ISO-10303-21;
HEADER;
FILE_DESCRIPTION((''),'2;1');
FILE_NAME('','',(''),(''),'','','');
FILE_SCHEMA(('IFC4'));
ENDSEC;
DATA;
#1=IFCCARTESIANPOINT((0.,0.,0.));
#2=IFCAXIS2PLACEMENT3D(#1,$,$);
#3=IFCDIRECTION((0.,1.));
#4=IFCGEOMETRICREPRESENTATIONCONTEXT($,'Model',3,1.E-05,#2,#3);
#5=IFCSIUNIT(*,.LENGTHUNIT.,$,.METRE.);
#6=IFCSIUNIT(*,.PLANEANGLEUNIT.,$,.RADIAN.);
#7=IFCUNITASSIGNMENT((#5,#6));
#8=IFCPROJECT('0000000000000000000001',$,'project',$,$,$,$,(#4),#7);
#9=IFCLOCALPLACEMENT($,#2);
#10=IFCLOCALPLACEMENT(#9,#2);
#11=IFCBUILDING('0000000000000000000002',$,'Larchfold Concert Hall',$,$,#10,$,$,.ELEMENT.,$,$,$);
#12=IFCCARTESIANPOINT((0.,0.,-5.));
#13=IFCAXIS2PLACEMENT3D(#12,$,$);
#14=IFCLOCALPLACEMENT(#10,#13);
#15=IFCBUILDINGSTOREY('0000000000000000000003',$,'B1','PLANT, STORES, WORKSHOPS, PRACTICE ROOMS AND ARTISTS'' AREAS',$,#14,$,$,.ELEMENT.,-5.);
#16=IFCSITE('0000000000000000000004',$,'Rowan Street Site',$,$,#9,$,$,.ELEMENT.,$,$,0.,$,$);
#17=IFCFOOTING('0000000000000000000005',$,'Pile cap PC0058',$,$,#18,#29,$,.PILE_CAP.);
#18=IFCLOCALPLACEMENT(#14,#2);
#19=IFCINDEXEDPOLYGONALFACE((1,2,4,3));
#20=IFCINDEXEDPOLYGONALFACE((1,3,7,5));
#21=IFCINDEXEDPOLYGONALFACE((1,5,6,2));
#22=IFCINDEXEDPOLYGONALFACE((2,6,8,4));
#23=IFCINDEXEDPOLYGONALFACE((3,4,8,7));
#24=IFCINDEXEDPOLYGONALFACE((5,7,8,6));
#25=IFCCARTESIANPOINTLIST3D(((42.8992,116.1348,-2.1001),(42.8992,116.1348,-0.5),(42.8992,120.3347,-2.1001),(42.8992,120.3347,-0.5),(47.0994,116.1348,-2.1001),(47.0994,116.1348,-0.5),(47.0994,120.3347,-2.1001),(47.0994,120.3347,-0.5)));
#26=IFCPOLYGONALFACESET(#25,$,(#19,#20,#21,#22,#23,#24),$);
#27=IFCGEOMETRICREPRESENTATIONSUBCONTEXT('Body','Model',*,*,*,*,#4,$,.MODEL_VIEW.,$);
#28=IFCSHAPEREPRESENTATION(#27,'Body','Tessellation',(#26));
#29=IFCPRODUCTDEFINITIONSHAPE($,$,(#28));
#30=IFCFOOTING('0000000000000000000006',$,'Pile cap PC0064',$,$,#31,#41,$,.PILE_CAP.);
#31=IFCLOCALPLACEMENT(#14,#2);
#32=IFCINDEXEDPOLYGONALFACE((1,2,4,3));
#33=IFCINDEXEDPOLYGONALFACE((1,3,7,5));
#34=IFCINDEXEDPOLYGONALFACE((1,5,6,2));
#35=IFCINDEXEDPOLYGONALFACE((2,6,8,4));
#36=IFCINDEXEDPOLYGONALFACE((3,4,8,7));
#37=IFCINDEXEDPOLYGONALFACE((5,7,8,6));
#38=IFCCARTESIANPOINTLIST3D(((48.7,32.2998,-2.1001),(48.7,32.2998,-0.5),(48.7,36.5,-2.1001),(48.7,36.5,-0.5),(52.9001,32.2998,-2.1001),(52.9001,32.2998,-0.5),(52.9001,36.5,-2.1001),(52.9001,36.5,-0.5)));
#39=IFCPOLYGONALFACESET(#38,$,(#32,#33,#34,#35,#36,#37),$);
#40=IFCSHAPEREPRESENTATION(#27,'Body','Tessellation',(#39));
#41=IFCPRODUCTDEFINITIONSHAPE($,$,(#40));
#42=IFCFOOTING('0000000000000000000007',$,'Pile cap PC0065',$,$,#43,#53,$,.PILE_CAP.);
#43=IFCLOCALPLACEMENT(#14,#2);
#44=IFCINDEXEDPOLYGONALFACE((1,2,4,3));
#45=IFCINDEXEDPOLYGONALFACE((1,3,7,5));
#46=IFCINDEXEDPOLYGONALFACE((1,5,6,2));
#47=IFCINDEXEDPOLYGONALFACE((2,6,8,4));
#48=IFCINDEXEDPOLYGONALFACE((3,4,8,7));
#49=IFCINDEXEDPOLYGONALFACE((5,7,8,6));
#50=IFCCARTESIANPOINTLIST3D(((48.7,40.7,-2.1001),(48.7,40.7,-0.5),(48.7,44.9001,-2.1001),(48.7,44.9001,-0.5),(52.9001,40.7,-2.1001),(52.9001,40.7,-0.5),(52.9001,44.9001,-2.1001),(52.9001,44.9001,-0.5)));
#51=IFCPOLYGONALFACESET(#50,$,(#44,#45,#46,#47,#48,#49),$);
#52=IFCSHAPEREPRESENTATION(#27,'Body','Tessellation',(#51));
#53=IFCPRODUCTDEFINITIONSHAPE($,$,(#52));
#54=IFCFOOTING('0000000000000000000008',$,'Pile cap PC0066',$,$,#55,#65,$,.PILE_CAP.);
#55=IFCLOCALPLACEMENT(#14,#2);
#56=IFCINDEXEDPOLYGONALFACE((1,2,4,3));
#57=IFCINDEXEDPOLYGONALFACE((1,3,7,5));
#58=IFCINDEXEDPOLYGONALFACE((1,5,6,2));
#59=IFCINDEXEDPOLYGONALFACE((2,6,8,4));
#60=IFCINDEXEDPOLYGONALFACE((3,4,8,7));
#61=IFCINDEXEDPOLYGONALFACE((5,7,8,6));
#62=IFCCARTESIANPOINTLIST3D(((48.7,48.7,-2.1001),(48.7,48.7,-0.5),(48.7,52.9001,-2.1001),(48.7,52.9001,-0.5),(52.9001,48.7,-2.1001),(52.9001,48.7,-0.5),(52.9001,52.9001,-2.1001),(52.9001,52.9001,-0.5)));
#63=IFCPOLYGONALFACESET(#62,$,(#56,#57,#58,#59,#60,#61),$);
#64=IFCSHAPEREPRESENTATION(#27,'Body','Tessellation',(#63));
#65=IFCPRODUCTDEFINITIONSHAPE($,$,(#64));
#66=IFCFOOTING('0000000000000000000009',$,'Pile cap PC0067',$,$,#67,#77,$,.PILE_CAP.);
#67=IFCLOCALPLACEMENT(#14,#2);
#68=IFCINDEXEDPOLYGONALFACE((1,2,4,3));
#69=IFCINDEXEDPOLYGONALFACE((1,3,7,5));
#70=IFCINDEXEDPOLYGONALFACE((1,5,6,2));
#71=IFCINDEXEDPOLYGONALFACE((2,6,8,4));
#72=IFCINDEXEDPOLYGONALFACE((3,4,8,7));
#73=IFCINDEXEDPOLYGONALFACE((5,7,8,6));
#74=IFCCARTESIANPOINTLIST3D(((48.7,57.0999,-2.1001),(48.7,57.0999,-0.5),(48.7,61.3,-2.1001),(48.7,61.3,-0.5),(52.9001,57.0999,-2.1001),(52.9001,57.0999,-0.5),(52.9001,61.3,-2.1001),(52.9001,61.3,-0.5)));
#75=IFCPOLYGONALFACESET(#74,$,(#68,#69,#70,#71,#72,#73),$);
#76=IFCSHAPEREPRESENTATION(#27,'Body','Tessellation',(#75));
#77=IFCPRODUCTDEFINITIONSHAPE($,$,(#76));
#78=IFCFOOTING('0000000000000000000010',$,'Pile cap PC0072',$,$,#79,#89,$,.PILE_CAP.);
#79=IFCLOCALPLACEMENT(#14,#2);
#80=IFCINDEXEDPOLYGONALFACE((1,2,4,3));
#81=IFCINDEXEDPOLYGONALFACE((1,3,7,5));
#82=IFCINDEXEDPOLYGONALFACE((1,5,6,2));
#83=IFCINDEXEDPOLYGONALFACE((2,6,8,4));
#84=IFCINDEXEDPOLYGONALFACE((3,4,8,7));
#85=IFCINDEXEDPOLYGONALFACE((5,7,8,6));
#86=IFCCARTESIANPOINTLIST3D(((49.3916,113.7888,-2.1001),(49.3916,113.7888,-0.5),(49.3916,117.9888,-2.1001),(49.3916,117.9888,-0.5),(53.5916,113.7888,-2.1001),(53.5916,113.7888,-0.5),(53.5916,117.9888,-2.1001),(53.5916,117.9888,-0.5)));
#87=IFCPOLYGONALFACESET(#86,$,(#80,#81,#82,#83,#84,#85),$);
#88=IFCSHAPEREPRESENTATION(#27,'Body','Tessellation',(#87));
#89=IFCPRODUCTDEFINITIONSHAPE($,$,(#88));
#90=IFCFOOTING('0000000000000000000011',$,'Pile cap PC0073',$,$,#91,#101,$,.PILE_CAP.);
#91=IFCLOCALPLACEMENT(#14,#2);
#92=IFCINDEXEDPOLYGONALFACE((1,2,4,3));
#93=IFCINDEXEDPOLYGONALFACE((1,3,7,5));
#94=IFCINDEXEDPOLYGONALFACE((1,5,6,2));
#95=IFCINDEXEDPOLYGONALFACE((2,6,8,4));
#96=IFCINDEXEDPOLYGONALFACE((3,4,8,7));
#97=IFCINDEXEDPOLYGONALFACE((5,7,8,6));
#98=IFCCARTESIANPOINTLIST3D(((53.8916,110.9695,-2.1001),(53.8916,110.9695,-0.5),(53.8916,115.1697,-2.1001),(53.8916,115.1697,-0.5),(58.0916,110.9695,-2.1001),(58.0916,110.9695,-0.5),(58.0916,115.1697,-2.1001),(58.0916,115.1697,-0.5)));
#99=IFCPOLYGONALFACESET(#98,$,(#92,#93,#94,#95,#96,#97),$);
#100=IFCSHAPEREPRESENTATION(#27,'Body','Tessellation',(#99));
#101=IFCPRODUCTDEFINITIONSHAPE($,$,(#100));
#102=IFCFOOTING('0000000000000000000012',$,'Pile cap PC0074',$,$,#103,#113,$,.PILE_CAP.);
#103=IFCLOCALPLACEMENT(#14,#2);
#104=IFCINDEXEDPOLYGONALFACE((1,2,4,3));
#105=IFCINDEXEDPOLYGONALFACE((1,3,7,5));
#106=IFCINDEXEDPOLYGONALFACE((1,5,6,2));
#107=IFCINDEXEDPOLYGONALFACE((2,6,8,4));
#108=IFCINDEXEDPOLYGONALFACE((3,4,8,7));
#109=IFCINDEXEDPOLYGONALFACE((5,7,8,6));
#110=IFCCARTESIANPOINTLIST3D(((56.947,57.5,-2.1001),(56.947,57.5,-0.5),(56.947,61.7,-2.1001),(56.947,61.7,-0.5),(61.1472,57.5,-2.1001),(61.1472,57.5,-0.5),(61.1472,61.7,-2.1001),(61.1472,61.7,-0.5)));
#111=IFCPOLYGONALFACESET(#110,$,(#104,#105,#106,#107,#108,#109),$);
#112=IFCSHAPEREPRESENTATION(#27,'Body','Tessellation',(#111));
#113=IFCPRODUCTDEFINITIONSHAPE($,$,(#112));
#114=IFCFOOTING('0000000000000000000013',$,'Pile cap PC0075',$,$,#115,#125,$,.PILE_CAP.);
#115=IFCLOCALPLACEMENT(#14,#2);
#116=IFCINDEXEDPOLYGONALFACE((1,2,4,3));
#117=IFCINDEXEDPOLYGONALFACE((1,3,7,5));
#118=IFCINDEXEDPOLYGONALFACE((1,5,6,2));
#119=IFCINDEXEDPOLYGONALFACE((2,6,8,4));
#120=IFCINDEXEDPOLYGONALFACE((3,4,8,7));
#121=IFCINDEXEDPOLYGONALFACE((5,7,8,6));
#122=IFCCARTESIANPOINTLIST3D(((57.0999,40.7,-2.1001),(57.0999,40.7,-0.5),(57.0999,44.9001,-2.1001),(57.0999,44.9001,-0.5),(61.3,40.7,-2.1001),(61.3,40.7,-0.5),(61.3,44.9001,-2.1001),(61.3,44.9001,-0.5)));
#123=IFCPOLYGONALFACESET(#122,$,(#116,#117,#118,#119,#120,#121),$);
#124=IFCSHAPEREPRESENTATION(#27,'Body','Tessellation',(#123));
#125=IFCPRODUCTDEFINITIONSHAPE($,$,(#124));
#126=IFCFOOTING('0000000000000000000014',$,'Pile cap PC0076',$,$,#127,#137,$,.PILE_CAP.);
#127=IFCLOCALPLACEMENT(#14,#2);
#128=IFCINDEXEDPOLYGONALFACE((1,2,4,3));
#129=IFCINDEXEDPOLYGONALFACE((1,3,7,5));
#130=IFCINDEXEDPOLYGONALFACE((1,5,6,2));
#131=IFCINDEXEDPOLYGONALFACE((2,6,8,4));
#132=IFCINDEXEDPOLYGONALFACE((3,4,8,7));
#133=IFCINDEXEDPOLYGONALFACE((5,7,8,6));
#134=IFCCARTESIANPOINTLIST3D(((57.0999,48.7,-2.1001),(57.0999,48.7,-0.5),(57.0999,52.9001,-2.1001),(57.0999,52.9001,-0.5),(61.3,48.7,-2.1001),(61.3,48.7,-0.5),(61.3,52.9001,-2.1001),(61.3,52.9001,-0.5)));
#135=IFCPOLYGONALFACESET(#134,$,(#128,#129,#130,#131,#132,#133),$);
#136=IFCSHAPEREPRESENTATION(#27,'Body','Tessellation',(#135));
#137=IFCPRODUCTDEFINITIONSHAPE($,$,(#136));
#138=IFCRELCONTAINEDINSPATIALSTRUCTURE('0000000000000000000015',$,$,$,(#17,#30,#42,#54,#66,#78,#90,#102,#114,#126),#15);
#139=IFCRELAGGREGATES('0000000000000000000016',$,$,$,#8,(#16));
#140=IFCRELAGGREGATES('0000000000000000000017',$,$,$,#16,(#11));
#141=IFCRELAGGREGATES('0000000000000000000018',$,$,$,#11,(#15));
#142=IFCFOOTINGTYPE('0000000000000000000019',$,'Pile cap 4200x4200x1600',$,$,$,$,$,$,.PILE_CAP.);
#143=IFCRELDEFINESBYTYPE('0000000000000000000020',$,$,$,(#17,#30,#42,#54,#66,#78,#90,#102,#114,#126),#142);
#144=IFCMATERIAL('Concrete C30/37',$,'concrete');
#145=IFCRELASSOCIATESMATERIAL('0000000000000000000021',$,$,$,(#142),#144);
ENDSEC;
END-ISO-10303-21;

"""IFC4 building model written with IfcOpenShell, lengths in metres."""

from ifc_helpers import new_model, si_unit, direction, frame, origin, place, context, subcontext, project, spatial, polyline, outline, extrude, material, type_object, element, save


model = new_model("IFC4")

# Units and contexts
model_context = context("Model", 3, precision=1e-05, world=origin(), true_north=direction((0.0, 1.0)))
body_context = subcontext(model_context, "Body", "Model", "MODEL_VIEW")
ifc_project = project(units=[si_unit("LENGTHUNIT", "METRE"), si_unit("PLANEANGLEUNIT", "RADIAN")], contexts=[model_context])

# Site, building, storey
site_placement = place(None, origin())
site = spatial("IfcSite", under=ifc_project, at=site_placement, Name="Rowan Street Site", CompositionType="ELEMENT", RefElevation=0.0)
building_placement = place(site_placement, origin())
building = spatial("IfcBuilding", under=site, at=building_placement, Name="Larchfold Concert Hall", CompositionType="ELEMENT")
storey_placement = place(building_placement, frame((0.0, 0.0, -5.0)))
storey = spatial("IfcBuildingStorey", under=building, at=storey_placement, Name="B1", Description="PLANT, STORES, WORKSHOPS, PRACTICE ROOMS AND ARTISTS' AREAS", CompositionType="ELEMENT", Elevation=-5.0)

# Footings
ifc_material_1 = material(Name="Concrete C30/37", Category="concrete")
footing_type_1 = type_object("IfcFootingType", Name="Pile cap 4200x4200x1600", PredefinedType="PILE_CAP", material=ifc_material_1)
footing_1_placement = place(storey_placement, frame((0.0, 0.0, -2.1001)))
element("IfcFooting", 1, at=footing_1_placement, inside=storey, type_object=footing_type_1, Name="Pile cap PC0058", PredefinedType="PILE_CAP", context=body_context, shape_type="SweptSolid", body=[
    extrude(outline(polyline([(47.0994, 116.1348), (47.0994, 120.3347), (42.8992, 120.3347), (42.8992, 116.1348), (47.0994, 116.1348)])), origin(), (0.0, 0.0, 1.0), 1.6001),
])
footing_2_placement = place(storey_placement, frame((0.0, 0.0, -2.1001)))
element("IfcFooting", 2, at=footing_2_placement, inside=storey, type_object=footing_type_1, Name="Pile cap PC0064", PredefinedType="PILE_CAP", context=body_context, shape_type="SweptSolid", body=[
    extrude(outline(polyline([(52.9001, 32.2998), (52.9001, 36.5), (48.7, 36.5), (48.7, 32.2998), (52.9001, 32.2998)])), origin(), (0.0, 0.0, 1.0), 1.6001),
])
footing_3_placement = place(storey_placement, frame((0.0, 0.0, -2.1001)))
element("IfcFooting", 3, at=footing_3_placement, inside=storey, type_object=footing_type_1, Name="Pile cap PC0065", PredefinedType="PILE_CAP", context=body_context, shape_type="SweptSolid", body=[
    extrude(outline(polyline([(52.9001, 40.7), (52.9001, 44.9001), (48.7, 44.9001), (48.7, 40.7), (52.9001, 40.7)])), origin(), (0.0, 0.0, 1.0), 1.6001),
])
footing_4_placement = place(storey_placement, frame((0.0, 0.0, -2.1001)))
element("IfcFooting", 4, at=footing_4_placement, inside=storey, type_object=footing_type_1, Name="Pile cap PC0066", PredefinedType="PILE_CAP", context=body_context, shape_type="SweptSolid", body=[
    extrude(outline(polyline([(52.9001, 48.7), (52.9001, 52.9001), (48.7, 52.9001), (48.7, 48.7), (52.9001, 48.7)])), origin(), (0.0, 0.0, 1.0), 1.6001),
])
footing_5_placement = place(storey_placement, frame((0.0, 0.0, -2.1001)))
element("IfcFooting", 5, at=footing_5_placement, inside=storey, type_object=footing_type_1, Name="Pile cap PC0067", PredefinedType="PILE_CAP", context=body_context, shape_type="SweptSolid", body=[
    extrude(outline(polyline([(52.9001, 57.0999), (52.9001, 61.3), (48.7, 61.3), (48.7, 57.0999), (52.9001, 57.0999)])), origin(), (0.0, 0.0, 1.0), 1.6001),
])
footing_6_placement = place(storey_placement, frame((0.0, 0.0, -2.1001)))
element("IfcFooting", 6, at=footing_6_placement, inside=storey, type_object=footing_type_1, Name="Pile cap PC0072", PredefinedType="PILE_CAP", context=body_context, shape_type="SweptSolid", body=[
    extrude(outline(polyline([(53.5916, 113.7888), (53.5916, 117.9888), (49.3916, 117.9888), (49.3916, 113.7888), (53.5916, 113.7888)])), origin(), (0.0, 0.0, 1.0), 1.6001),
])
footing_7_placement = place(storey_placement, frame((0.0, 0.0, -2.1001)))
element("IfcFooting", 7, at=footing_7_placement, inside=storey, type_object=footing_type_1, Name="Pile cap PC0073", PredefinedType="PILE_CAP", context=body_context, shape_type="SweptSolid", body=[
    extrude(outline(polyline([(58.0916, 110.9695), (58.0916, 115.1697), (53.8916, 115.1697), (53.8916, 110.9695), (58.0916, 110.9695)])), origin(), (0.0, 0.0, 1.0), 1.6001),
])
footing_8_placement = place(storey_placement, frame((0.0, 0.0, -2.1001)))
element("IfcFooting", 8, at=footing_8_placement, inside=storey, type_object=footing_type_1, Name="Pile cap PC0074", PredefinedType="PILE_CAP", context=body_context, shape_type="SweptSolid", body=[
    extrude(outline(polyline([(61.1472, 57.5), (61.1472, 61.7), (56.947, 61.7), (56.947, 57.5), (61.1472, 57.5)])), origin(), (0.0, 0.0, 1.0), 1.6001),
])
footing_9_placement = place(storey_placement, frame((0.0, 0.0, -2.1001)))
element("IfcFooting", 9, at=footing_9_placement, inside=storey, type_object=footing_type_1, Name="Pile cap PC0075", PredefinedType="PILE_CAP", context=body_context, shape_type="SweptSolid", body=[
    extrude(outline(polyline([(61.3, 40.7), (61.3, 44.9001), (57.0999, 44.9001), (57.0999, 40.7), (61.3, 40.7)])), origin(), (0.0, 0.0, 1.0), 1.6001),
])
footing_10_placement = place(storey_placement, frame((0.0, 0.0, -2.1001)))
element("IfcFooting", 10, at=footing_10_placement, inside=storey, type_object=footing_type_1, Name="Pile cap PC0076", PredefinedType="PILE_CAP", context=body_context, shape_type="SweptSolid", body=[
    extrude(outline(polyline([(61.3, 48.7), (61.3, 52.9001), (57.0999, 52.9001), (57.0999, 48.7), (61.3, 48.7)])), origin(), (0.0, 0.0, 1.0), 1.6001),
])

save(model, "model.ifc")
